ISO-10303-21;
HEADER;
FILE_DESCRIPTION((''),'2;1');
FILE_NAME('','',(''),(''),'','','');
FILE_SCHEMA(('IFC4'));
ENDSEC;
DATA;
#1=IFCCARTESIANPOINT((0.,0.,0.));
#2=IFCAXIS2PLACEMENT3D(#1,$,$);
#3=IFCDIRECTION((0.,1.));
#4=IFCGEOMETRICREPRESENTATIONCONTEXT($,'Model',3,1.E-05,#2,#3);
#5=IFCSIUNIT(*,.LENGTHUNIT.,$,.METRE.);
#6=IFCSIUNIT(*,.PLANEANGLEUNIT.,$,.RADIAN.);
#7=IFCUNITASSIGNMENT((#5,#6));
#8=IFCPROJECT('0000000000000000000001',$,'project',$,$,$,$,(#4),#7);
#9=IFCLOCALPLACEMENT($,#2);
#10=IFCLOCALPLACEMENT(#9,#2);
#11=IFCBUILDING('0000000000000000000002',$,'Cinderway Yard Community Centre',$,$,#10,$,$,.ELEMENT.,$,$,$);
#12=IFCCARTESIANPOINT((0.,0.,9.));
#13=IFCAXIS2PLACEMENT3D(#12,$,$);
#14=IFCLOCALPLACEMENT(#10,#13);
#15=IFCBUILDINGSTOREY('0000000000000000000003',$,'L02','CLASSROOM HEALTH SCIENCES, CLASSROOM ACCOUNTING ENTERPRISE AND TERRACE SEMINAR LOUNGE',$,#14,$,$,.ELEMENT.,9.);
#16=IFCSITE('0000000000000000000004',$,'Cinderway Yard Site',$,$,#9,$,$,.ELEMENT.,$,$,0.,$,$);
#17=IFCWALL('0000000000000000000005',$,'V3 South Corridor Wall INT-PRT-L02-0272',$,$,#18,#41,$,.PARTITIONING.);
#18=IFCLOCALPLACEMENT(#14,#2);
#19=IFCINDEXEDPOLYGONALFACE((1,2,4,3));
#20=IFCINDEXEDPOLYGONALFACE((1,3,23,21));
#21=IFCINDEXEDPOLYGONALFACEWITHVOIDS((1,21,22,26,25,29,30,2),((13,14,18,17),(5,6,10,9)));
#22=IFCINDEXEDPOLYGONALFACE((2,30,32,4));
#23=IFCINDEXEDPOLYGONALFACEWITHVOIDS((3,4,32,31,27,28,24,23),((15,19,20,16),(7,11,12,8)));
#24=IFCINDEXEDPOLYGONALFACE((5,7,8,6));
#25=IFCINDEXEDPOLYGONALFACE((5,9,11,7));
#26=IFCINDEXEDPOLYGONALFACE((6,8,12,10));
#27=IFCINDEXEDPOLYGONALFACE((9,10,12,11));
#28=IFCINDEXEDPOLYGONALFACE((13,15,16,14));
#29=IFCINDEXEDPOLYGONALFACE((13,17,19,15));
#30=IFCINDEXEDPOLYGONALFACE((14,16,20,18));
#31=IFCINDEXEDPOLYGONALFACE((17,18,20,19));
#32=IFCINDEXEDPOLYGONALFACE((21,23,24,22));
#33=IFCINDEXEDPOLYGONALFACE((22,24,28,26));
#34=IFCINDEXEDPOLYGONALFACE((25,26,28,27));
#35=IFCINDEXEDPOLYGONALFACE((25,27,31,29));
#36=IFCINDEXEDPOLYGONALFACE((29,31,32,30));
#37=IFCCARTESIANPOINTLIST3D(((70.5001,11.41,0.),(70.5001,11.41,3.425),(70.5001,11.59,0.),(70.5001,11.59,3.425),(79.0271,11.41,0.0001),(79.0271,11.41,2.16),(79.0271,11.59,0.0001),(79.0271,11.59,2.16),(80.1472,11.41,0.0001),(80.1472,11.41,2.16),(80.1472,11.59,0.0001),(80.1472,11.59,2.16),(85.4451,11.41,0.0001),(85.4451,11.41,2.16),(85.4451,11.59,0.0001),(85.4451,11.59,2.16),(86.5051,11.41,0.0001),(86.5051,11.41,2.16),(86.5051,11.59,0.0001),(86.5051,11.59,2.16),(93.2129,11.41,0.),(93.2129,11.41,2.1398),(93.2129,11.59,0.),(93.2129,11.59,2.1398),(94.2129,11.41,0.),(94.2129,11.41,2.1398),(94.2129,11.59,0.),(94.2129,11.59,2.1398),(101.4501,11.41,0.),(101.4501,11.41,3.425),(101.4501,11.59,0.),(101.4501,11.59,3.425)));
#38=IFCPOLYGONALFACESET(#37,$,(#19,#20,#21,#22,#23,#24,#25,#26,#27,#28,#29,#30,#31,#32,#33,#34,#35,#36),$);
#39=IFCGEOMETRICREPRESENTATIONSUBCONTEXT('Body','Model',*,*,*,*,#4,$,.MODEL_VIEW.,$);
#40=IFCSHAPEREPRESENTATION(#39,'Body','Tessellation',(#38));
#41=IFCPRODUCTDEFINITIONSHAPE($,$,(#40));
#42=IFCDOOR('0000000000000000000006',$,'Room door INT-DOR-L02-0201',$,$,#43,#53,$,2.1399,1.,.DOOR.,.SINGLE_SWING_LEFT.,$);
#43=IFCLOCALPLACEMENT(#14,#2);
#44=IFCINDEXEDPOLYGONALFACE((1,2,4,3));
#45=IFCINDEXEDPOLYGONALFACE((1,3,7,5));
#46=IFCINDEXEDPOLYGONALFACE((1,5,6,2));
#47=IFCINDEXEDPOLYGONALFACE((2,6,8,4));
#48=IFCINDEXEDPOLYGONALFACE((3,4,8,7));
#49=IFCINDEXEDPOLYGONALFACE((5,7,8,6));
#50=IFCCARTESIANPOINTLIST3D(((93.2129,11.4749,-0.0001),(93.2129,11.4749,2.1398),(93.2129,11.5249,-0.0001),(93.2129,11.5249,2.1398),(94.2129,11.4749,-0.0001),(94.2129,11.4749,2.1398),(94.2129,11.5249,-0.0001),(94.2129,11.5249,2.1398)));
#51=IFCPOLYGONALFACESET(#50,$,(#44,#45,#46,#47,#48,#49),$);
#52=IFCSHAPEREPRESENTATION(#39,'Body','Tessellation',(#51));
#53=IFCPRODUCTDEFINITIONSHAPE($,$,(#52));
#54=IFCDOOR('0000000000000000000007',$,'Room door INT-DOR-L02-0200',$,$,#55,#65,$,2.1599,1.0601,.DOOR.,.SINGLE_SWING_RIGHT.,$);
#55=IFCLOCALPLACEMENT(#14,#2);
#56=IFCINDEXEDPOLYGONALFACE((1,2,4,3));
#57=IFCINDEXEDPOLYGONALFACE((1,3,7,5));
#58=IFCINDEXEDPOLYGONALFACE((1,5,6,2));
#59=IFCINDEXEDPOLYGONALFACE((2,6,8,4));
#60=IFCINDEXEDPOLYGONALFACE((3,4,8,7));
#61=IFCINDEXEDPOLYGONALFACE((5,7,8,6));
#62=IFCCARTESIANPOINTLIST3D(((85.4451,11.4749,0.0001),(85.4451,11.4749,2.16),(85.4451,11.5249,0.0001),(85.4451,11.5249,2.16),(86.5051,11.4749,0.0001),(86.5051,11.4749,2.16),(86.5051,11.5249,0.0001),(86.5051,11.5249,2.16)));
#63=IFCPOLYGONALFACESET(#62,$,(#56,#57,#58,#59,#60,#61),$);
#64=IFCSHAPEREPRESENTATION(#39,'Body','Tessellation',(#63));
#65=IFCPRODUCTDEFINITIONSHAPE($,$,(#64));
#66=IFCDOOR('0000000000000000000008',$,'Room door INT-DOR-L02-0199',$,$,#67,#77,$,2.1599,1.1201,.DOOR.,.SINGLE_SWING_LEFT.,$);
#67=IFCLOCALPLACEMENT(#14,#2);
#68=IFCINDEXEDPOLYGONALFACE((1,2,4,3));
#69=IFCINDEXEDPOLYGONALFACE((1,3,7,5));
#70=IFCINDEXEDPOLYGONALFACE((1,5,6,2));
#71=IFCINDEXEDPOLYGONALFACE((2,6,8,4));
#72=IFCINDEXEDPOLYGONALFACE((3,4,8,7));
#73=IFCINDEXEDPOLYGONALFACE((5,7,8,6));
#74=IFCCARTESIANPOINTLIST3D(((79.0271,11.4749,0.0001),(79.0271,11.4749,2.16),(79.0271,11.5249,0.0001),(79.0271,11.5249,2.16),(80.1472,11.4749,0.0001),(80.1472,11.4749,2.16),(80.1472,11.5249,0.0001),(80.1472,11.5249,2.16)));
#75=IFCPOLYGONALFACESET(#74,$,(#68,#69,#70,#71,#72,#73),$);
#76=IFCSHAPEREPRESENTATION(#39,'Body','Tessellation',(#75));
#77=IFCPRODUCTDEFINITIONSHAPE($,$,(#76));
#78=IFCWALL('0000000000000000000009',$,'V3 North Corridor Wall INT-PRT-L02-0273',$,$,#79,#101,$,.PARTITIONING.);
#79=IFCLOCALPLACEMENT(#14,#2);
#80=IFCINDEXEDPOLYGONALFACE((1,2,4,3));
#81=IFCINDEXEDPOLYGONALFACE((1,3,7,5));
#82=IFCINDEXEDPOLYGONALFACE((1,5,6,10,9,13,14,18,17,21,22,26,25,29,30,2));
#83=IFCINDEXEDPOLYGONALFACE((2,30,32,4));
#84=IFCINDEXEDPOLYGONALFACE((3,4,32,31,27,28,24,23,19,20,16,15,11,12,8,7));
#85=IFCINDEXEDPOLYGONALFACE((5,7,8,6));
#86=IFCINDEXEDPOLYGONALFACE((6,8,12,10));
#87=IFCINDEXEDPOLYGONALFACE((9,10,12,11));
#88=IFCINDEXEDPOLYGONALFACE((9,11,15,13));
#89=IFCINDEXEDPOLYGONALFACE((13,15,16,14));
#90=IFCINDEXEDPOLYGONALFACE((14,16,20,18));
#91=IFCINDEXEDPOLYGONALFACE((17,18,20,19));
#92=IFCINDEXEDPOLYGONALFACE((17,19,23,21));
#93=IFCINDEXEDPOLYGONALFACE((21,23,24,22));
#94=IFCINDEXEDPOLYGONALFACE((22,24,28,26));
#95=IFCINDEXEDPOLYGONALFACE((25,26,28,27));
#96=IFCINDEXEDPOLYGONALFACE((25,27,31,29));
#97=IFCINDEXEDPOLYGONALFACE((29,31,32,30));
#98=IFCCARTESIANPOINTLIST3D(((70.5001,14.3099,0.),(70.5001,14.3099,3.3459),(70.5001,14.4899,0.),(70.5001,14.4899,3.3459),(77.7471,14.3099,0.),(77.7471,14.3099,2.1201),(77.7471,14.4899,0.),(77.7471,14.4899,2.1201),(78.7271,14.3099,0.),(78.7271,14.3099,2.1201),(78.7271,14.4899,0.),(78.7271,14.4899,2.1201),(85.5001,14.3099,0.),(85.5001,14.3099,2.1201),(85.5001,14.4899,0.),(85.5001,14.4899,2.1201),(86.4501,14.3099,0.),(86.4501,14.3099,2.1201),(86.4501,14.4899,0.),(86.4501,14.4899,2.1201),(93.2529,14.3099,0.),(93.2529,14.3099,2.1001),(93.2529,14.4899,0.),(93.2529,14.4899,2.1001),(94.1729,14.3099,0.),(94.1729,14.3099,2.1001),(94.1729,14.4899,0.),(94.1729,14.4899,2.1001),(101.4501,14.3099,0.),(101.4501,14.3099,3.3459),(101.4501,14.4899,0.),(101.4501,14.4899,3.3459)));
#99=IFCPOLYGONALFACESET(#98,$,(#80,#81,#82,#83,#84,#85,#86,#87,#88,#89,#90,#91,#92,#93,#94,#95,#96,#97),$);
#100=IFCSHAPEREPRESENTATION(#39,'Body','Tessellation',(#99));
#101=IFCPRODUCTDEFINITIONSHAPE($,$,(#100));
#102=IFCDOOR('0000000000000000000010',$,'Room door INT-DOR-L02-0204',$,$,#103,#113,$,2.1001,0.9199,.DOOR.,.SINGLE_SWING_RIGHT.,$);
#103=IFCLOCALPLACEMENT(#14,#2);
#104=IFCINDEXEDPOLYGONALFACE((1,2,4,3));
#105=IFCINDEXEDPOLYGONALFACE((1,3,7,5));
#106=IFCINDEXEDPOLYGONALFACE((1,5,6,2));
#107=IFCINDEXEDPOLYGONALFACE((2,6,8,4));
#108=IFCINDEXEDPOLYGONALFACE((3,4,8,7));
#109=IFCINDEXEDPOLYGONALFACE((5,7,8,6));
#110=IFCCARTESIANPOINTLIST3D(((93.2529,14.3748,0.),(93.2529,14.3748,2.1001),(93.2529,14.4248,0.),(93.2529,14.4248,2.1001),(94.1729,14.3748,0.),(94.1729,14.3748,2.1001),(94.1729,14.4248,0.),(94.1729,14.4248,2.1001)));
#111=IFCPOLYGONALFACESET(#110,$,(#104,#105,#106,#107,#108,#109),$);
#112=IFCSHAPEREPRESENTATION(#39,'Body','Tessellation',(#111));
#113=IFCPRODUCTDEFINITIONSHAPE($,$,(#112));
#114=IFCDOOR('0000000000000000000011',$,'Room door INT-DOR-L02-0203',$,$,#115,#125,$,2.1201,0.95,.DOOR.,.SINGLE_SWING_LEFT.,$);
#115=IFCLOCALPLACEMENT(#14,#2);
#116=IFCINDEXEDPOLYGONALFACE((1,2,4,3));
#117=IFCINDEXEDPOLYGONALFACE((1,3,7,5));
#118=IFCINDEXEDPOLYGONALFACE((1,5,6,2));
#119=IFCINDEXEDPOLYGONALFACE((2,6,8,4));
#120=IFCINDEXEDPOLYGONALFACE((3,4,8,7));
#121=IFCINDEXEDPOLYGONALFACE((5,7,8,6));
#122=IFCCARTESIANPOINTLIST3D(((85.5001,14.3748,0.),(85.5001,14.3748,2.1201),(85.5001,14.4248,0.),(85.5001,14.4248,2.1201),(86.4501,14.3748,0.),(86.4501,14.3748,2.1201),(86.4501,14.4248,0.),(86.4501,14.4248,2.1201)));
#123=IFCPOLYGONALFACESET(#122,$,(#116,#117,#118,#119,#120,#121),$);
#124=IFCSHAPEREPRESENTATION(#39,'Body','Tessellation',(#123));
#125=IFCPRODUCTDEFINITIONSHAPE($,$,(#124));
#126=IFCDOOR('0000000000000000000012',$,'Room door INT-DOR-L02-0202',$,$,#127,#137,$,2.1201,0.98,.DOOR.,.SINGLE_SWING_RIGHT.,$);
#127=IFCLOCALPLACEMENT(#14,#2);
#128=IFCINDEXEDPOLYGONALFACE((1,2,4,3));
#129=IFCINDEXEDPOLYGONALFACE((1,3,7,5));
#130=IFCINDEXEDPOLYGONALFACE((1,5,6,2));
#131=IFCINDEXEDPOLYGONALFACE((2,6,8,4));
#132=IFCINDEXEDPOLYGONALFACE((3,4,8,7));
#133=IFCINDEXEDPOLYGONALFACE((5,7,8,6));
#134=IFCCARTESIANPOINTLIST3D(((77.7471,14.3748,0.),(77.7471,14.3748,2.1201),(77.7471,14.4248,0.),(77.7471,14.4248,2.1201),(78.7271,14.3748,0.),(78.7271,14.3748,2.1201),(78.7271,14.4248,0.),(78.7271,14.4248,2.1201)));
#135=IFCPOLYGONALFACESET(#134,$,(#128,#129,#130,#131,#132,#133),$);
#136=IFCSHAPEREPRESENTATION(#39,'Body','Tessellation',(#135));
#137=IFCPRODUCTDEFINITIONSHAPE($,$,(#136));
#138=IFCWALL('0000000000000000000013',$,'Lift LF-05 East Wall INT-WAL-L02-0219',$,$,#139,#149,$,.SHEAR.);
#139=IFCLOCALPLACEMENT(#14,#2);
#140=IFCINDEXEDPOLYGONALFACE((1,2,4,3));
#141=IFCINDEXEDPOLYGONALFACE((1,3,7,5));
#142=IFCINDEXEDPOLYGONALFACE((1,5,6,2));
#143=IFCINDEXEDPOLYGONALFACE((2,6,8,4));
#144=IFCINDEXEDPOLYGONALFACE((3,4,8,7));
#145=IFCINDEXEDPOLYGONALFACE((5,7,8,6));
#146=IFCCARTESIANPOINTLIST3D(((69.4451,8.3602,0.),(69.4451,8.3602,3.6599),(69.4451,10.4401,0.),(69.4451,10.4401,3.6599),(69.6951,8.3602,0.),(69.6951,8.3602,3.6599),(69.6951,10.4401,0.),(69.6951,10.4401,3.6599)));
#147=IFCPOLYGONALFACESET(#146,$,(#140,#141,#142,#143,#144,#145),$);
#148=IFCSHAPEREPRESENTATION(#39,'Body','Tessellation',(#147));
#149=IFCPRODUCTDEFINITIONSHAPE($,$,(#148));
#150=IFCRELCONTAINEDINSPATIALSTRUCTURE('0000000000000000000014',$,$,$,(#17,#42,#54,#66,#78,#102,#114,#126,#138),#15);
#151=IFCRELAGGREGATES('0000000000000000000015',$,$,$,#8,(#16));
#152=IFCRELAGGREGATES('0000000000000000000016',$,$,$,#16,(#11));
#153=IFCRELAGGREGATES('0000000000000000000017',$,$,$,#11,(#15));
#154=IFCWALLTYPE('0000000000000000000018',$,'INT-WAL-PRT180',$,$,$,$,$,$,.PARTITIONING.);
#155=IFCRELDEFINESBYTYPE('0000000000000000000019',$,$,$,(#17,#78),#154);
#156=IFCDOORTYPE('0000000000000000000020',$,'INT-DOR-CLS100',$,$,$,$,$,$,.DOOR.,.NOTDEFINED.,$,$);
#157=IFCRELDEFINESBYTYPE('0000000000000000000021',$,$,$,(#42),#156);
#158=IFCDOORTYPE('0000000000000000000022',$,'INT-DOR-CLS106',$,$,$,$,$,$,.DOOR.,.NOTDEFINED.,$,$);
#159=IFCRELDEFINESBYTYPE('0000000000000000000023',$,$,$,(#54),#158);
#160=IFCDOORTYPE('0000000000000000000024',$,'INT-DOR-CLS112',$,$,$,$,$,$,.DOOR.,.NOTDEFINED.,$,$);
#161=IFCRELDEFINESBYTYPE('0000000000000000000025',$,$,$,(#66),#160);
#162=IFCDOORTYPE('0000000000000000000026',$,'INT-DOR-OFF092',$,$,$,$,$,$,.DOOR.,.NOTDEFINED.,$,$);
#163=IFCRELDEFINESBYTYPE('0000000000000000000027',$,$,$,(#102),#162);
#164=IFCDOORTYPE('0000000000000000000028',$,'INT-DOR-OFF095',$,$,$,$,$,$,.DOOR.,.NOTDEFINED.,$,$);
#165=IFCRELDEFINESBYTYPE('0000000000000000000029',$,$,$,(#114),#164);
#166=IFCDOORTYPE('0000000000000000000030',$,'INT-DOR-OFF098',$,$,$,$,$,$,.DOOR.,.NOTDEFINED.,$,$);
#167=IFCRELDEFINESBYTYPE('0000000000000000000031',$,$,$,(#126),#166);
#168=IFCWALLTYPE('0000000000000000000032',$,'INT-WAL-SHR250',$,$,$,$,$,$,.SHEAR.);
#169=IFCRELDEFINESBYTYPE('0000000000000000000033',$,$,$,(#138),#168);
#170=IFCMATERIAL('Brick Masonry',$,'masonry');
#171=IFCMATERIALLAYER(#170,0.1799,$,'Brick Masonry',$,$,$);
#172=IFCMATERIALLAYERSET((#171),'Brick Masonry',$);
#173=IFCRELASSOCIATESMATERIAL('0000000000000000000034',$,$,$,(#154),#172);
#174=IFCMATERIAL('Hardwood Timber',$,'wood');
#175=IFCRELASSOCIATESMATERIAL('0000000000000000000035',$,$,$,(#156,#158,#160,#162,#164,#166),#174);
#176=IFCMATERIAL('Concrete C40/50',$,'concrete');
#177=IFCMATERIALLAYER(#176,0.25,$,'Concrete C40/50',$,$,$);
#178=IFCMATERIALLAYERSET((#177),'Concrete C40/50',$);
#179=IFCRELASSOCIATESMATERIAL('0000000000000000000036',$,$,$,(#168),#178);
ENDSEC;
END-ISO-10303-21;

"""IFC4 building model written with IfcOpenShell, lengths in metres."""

from ifc_helpers import new_model, si_unit, direction, frame, frame_2d, origin, place, context, subcontext, project, spatial, rectangle, extrude, material, layer, layer_set, type_object, element, fill, save


model = new_model("IFC4")

# Units and contexts
model_context = context("Model", 3, precision=1e-05, world=origin(), true_north=direction((0.0, 1.0)))
body_context = subcontext(model_context, "Body", "Model", "MODEL_VIEW")
ifc_project = project(units=[si_unit("LENGTHUNIT", "METRE"), si_unit("PLANEANGLEUNIT", "RADIAN")], contexts=[model_context])

# Site, building, storey
site_placement = place(None, origin())
site = spatial("IfcSite", under=ifc_project, at=site_placement, Name="Cinderway Yard Site", CompositionType="ELEMENT", RefElevation=0.0)
building_placement = place(site_placement, origin())
building = spatial("IfcBuilding", under=site, at=building_placement, Name="Cinderway Yard Community Centre", CompositionType="ELEMENT")
storey_placement = place(building_placement, frame((0.0, 0.0, 9.0)))
storey = spatial("IfcBuildingStorey", under=building, at=storey_placement, Name="L02", Description="CLASSROOM HEALTH SCIENCES, CLASSROOM ACCOUNTING ENTERPRISE AND TERRACE SEMINAR LOUNGE", CompositionType="ELEMENT", Elevation=9.0)

# Shared definitions
ifc_material_1 = material(Name="Concrete C40/50", Category="concrete")

# Walls, openings, doors
ifc_material_2 = material(Name="Brick Masonry", Category="masonry")
ifc_layer_1 = layer(ifc_material_2, 0.1799, Name="Brick Masonry")
ifc_layer_set_1 = layer_set([ifc_layer_1], Name="Brick Masonry")
wall_type_1 = type_object("IfcWallType", Name="INT-WAL-PRT180", PredefinedType="PARTITIONING", material=ifc_layer_set_1)
wall_1_placement = place(storey_placement, frame((70.5, 11.5, 0.0), z_axis=(0.0, 0.0, 1.0), x_axis=(1.0, 0.0, 0.0)))
wall_1 = element("IfcWall", 1, at=wall_1_placement, inside=storey, type_object=wall_type_1, Name="V3 South Corridor Wall INT-PRT-L02-0272", PredefinedType="PARTITIONING", context=body_context, shape_type="SweptSolid", body=[
    extrude(rectangle(XDim=30.95, YDim=0.1799, at=frame_2d((15.4751, 0.0))), origin(), (0.0, 0.0, 1.0), 3.425),
])
opening_1_placement = place(wall_1_placement, frame((8.5271, 0.0, 0.0)))
opening_1 = element("IfcOpeningElement", 2, at=opening_1_placement, cuts=wall_1, PredefinedType="OPENING", context=body_context, shape_type="SweptSolid", body=[
    extrude(rectangle(XDim=1.1201, YDim=2.1599, at=frame_2d((0.5601, 1.0801))), frame((0.0, 0.0999, 0.0), z_axis=(0.0, -1.0, 0.0), x_axis=(1.0, 0.0, 0.0)), (0.0, 0.0, 1.0), 0.2),
])
opening_2_placement = place(wall_1_placement, frame((14.9451, 0.0, 0.0)))
opening_2 = element("IfcOpeningElement", 3, at=opening_2_placement, cuts=wall_1, PredefinedType="OPENING", context=body_context, shape_type="SweptSolid", body=[
    extrude(rectangle(XDim=1.0601, YDim=2.1599, at=frame_2d((0.53, 1.0801))), frame((0.0, 0.0999, 0.0), z_axis=(0.0, -1.0, 0.0), x_axis=(1.0, 0.0, 0.0)), (0.0, 0.0, 1.0), 0.2),
])
opening_3_placement = place(wall_1_placement, frame((22.7129, 0.0, 0.0)))
opening_3 = element("IfcOpeningElement", 4, at=opening_3_placement, cuts=wall_1, PredefinedType="OPENING", context=body_context, shape_type="SweptSolid", body=[
    extrude(rectangle(XDim=1.0, YDim=2.1399, at=frame_2d((0.5, 1.0698))), frame((0.0, 0.0999, 0.0), z_axis=(0.0, -1.0, 0.0), x_axis=(1.0, 0.0, 0.0)), (0.0, 0.0, 1.0), 0.2),
])
ifc_material_3 = material(Name="Hardwood Timber", Category="wood")
door_type_1 = type_object("IfcDoorType", Name="INT-DOR-CLS100", OperationType="NOTDEFINED", PredefinedType="DOOR", material=ifc_material_3)
door_1_placement = place(opening_3_placement, origin())
door_1 = element("IfcDoor", 5, at=door_1_placement, inside=storey, type_object=door_type_1, Name="Room door INT-DOR-L02-0201", OperationType="SINGLE_SWING_LEFT", OverallHeight=2.1399, OverallWidth=1.0, PredefinedType="DOOR", context=body_context, shape_type="SweptSolid", body=[
    extrude(rectangle(XDim=1.0, YDim=2.1399, at=frame_2d((0.5, 1.0698))), frame((0.0, 0.0249, 0.0), z_axis=(0.0, -1.0, 0.0), x_axis=(1.0, 0.0, 0.0)), (0.0, 0.0, 1.0), 0.05),
])
fill(opening_3, door_1)
door_type_2 = type_object("IfcDoorType", Name="INT-DOR-CLS106", OperationType="NOTDEFINED", PredefinedType="DOOR", material=ifc_material_3)
door_2_placement = place(opening_2_placement, origin())
door_2 = element("IfcDoor", 6, at=door_2_placement, inside=storey, type_object=door_type_2, Name="Room door INT-DOR-L02-0200", OperationType="SINGLE_SWING_RIGHT", OverallHeight=2.1599, OverallWidth=1.0601, PredefinedType="DOOR", context=body_context, shape_type="SweptSolid", body=[
    extrude(rectangle(XDim=1.0601, YDim=2.1599, at=frame_2d((0.53, 1.0801))), frame((0.0, 0.0249, 0.0), z_axis=(0.0, -1.0, 0.0), x_axis=(1.0, 0.0, 0.0)), (0.0, 0.0, 1.0), 0.05),
])
fill(opening_2, door_2)
door_type_3 = type_object("IfcDoorType", Name="INT-DOR-CLS112", OperationType="NOTDEFINED", PredefinedType="DOOR", material=ifc_material_3)
door_3_placement = place(opening_1_placement, origin())
door_3 = element("IfcDoor", 7, at=door_3_placement, inside=storey, type_object=door_type_3, Name="Room door INT-DOR-L02-0199", OperationType="SINGLE_SWING_LEFT", OverallHeight=2.1599, OverallWidth=1.1201, PredefinedType="DOOR", context=body_context, shape_type="SweptSolid", body=[
    extrude(rectangle(XDim=1.1201, YDim=2.1599, at=frame_2d((0.5601, 1.0801))), frame((0.0, 0.0249, 0.0), z_axis=(0.0, -1.0, 0.0), x_axis=(1.0, 0.0, 0.0)), (0.0, 0.0, 1.0), 0.05),
])
fill(opening_1, door_3)
wall_2_placement = place(storey_placement, frame((70.5, 14.3999, 0.0), z_axis=(0.0, 0.0, 1.0), x_axis=(1.0, 0.0, 0.0)))
wall_2 = element("IfcWall", 8, at=wall_2_placement, inside=storey, type_object=wall_type_1, Name="V3 North Corridor Wall INT-PRT-L02-0273", PredefinedType="PARTITIONING", context=body_context, shape_type="SweptSolid", body=[
    extrude(rectangle(XDim=30.95, YDim=0.1799, at=frame_2d((15.4751, 0.0))), origin(), (0.0, 0.0, 1.0), 3.3459),
])
opening_4_placement = place(wall_2_placement, frame((7.2471, 0.0, 0.0)))
opening_4 = element("IfcOpeningElement", 9, at=opening_4_placement, cuts=wall_2, PredefinedType="OPENING", context=body_context, shape_type="SweptSolid", body=[
    extrude(rectangle(XDim=0.98, YDim=2.1201, at=frame_2d((0.49, 1.0601))), frame((0.0, 0.0999, 0.0), z_axis=(0.0, -1.0, 0.0), x_axis=(1.0, 0.0, 0.0)), (0.0, 0.0, 1.0), 0.2),
])
opening_5_placement = place(wall_2_placement, frame((15.0, 0.0, 0.0)))
opening_5 = element("IfcOpeningElement", 10, at=opening_5_placement, cuts=wall_2, PredefinedType="OPENING", context=body_context, shape_type="SweptSolid", body=[
    extrude(rectangle(XDim=0.95, YDim=2.1201, at=frame_2d((0.4751, 1.0601))), frame((0.0, 0.0999, 0.0), z_axis=(0.0, -1.0, 0.0), x_axis=(1.0, 0.0, 0.0)), (0.0, 0.0, 1.0), 0.2),
])
opening_6_placement = place(wall_2_placement, frame((22.7529, 0.0, 0.0)))
opening_6 = element("IfcOpeningElement", 11, at=opening_6_placement, cuts=wall_2, PredefinedType="OPENING", context=body_context, shape_type="SweptSolid", body=[
    extrude(rectangle(XDim=0.9199, YDim=2.1001, at=frame_2d((0.46, 1.05))), frame((0.0, 0.0999, 0.0), z_axis=(0.0, -1.0, 0.0), x_axis=(1.0, 0.0, 0.0)), (0.0, 0.0, 1.0), 0.2),
])
door_type_4 = type_object("IfcDoorType", Name="INT-DOR-OFF092", OperationType="NOTDEFINED", PredefinedType="DOOR", material=ifc_material_3)
door_4_placement = place(opening_6_placement, origin())
door_4 = element("IfcDoor", 12, at=door_4_placement, inside=storey, type_object=door_type_4, Name="Room door INT-DOR-L02-0204", OperationType="SINGLE_SWING_RIGHT", OverallHeight=2.1001, OverallWidth=0.9199, PredefinedType="DOOR", context=body_context, shape_type="SweptSolid", body=[
    extrude(rectangle(XDim=0.9199, YDim=2.1001, at=frame_2d((0.46, 1.05))), frame((0.0, 0.0249, 0.0), z_axis=(0.0, -1.0, 0.0), x_axis=(1.0, 0.0, 0.0)), (0.0, 0.0, 1.0), 0.05),
])
fill(opening_6, door_4)
door_type_5 = type_object("IfcDoorType", Name="INT-DOR-OFF095", OperationType="NOTDEFINED", PredefinedType="DOOR", material=ifc_material_3)
door_5_placement = place(opening_5_placement, origin())
door_5 = element("IfcDoor", 13, at=door_5_placement, inside=storey, type_object=door_type_5, Name="Room door INT-DOR-L02-0203", OperationType="SINGLE_SWING_LEFT", OverallHeight=2.1201, OverallWidth=0.95, PredefinedType="DOOR", context=body_context, shape_type="SweptSolid", body=[
    extrude(rectangle(XDim=0.95, YDim=2.1201, at=frame_2d((0.4751, 1.0601))), frame((0.0, 0.0249, 0.0), z_axis=(0.0, -1.0, 0.0), x_axis=(1.0, 0.0, 0.0)), (0.0, 0.0, 1.0), 0.05),
])
fill(opening_5, door_5)
door_type_6 = type_object("IfcDoorType", Name="INT-DOR-OFF098", OperationType="NOTDEFINED", PredefinedType="DOOR", material=ifc_material_3)
door_6_placement = place(opening_4_placement, origin())
door_6 = element("IfcDoor", 14, at=door_6_placement, inside=storey, type_object=door_type_6, Name="Room door INT-DOR-L02-0202", OperationType="SINGLE_SWING_RIGHT", OverallHeight=2.1201, OverallWidth=0.98, PredefinedType="DOOR", context=body_context, shape_type="SweptSolid", body=[
    extrude(rectangle(XDim=0.98, YDim=2.1201, at=frame_2d((0.49, 1.0601))), frame((0.0, 0.0249, 0.0), z_axis=(0.0, -1.0, 0.0), x_axis=(1.0, 0.0, 0.0)), (0.0, 0.0, 1.0), 0.05),
])
fill(opening_4, door_6)

# Shared definitions
ifc_layer_2 = layer(ifc_material_1, 0.25, Name="Concrete C40/50")
ifc_layer_set_2 = layer_set([ifc_layer_2], Name="Concrete C40/50")
wall_type_2 = type_object("IfcWallType", Name="INT-WAL-SHR250", PredefinedType="SHEAR", material=ifc_layer_set_2)

# Wall
wall_3_placement = place(storey_placement, frame((69.5701, 8.3601, 0.0), z_axis=(0.0, 0.0, 1.0), x_axis=(0.0, 1.0, 0.0)))
element("IfcWall", 15, at=wall_3_placement, inside=storey, type_object=wall_type_2, Name="Lift LF-05 East Wall INT-WAL-L02-0219", PredefinedType="SHEAR", context=body_context, shape_type="SweptSolid", body=[
    extrude(rectangle(XDim=2.0798, YDim=0.25, at=frame_2d((1.04, 0.0))), origin(), (0.0, 0.0, 1.0), 3.6599),
])

save(model, "model.ifc")
